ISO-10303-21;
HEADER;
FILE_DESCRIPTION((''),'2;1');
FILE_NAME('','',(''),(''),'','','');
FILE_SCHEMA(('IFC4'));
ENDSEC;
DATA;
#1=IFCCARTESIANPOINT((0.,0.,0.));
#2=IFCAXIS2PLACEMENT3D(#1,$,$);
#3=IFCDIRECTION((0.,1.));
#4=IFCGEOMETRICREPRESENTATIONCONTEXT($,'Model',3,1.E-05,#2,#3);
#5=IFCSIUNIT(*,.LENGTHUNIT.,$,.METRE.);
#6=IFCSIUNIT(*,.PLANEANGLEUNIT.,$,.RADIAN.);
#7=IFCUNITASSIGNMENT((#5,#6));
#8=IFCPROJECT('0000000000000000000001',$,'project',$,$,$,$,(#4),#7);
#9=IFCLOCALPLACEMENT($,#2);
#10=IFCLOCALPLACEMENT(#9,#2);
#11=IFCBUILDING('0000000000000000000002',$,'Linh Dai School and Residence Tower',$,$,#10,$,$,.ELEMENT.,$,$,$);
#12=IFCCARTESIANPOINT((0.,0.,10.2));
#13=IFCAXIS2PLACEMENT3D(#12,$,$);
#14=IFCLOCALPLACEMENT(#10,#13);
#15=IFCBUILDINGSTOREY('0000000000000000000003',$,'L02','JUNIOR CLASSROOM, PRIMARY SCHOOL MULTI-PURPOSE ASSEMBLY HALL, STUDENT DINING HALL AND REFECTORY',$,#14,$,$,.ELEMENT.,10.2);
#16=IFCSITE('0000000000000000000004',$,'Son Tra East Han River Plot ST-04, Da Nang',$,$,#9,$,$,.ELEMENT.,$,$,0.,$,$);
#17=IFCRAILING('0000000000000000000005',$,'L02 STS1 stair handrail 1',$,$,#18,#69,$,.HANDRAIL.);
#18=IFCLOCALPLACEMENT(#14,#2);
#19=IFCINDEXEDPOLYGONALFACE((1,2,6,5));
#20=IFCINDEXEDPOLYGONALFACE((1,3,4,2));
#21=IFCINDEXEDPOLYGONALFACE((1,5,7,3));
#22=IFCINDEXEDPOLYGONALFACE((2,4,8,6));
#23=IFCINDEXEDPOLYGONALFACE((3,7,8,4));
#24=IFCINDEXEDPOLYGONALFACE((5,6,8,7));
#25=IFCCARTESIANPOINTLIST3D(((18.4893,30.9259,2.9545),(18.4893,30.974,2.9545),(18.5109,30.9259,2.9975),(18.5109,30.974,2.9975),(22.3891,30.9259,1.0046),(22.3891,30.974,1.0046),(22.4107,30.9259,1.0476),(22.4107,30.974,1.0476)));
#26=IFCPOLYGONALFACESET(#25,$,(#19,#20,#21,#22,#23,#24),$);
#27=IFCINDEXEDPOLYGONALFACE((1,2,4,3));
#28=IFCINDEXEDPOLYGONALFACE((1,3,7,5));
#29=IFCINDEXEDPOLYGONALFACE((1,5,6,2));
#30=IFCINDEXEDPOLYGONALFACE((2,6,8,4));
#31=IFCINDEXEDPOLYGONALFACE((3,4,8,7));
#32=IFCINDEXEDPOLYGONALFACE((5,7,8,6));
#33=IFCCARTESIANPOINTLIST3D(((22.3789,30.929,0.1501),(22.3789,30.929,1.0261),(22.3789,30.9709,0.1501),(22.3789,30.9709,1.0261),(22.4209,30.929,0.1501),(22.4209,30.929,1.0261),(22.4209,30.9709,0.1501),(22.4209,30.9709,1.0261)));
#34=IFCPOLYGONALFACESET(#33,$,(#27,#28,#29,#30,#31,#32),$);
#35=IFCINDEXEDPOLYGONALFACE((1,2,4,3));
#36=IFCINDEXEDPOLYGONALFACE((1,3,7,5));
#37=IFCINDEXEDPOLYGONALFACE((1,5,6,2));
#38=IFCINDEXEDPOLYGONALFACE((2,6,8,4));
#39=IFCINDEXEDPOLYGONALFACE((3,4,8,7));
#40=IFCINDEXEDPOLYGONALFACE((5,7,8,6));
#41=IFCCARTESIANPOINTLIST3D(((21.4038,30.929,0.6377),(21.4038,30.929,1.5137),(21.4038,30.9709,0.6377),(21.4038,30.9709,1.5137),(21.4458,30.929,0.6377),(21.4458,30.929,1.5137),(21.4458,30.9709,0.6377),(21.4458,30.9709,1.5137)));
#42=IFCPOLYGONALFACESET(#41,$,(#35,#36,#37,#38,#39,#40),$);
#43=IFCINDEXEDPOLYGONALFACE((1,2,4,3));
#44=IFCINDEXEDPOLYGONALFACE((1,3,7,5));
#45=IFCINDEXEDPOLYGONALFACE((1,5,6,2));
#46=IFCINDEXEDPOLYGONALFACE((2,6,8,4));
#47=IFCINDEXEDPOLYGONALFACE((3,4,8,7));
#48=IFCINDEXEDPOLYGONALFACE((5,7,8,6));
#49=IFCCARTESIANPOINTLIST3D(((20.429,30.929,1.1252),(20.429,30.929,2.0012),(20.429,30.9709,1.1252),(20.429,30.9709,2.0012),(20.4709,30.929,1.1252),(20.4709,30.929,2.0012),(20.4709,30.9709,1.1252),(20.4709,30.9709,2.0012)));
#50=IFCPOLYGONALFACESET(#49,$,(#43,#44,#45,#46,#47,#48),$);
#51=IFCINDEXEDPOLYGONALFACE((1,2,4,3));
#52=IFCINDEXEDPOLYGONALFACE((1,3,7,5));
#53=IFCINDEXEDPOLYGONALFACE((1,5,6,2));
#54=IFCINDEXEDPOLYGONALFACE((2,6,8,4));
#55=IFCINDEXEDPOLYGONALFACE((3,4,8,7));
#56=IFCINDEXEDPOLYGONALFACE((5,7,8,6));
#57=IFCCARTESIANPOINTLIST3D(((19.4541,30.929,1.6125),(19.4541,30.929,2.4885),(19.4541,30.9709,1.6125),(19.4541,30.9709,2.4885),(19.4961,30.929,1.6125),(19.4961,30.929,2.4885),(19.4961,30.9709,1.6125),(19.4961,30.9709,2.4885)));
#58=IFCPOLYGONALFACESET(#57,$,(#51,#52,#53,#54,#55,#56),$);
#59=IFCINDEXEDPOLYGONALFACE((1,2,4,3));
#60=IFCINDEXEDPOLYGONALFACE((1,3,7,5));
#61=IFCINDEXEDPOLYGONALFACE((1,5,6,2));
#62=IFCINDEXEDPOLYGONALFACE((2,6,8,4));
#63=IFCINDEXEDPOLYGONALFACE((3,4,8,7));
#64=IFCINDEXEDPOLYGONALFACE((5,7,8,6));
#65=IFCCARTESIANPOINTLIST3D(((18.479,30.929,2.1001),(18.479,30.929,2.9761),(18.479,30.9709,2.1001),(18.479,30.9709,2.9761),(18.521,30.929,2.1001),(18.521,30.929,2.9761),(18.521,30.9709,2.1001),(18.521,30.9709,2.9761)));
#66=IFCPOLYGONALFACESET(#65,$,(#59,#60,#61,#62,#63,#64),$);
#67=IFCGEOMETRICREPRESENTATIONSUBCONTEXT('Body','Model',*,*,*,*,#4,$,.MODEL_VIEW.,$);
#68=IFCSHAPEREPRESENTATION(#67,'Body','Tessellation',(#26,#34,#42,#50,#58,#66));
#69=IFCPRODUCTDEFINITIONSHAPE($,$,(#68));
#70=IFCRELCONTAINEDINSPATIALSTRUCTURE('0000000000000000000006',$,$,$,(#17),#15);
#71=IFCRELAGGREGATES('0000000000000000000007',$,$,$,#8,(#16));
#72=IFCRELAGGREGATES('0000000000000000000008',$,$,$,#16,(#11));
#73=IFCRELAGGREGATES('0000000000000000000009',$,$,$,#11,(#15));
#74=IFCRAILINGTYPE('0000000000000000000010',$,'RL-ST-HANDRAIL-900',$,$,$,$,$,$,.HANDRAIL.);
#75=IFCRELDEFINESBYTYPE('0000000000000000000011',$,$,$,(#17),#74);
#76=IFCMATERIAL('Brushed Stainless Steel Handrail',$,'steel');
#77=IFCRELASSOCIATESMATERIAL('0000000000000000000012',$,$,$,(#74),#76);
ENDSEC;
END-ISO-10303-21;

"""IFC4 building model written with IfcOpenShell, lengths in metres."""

from ifc_helpers import new_model, si_unit, direction, frame, origin, origin_2d, place, context, subcontext, project, spatial, rectangle, extrude, source, transform, mapped, material, type_object, element, save


model = new_model("IFC4")

# Units and contexts
model_context = context("Model", 3, precision=1e-05, world=origin(), true_north=direction((0.0, 1.0)))
body_context = subcontext(model_context, "Body", "Model", "MODEL_VIEW")
ifc_project = project(units=[si_unit("LENGTHUNIT", "METRE"), si_unit("PLANEANGLEUNIT", "RADIAN")], contexts=[model_context])

# Site, building, storey
site_placement = place(None, origin())
site = spatial("IfcSite", under=ifc_project, at=site_placement, Name="Son Tra East Han River Plot ST-04, Da Nang", CompositionType="ELEMENT", RefElevation=0.0)
building_placement = place(site_placement, origin())
building = spatial("IfcBuilding", under=site, at=building_placement, Name="Linh Dai School and Residence Tower", CompositionType="ELEMENT")
storey_placement = place(building_placement, frame((0.0, 0.0, 10.2)))
storey = spatial("IfcBuildingStorey", under=building, at=storey_placement, Name="L02", Description="JUNIOR CLASSROOM, PRIMARY SCHOOL MULTI-PURPOSE ASSEMBLY HALL, STUDENT DINING HALL AND REFECTORY", CompositionType="ELEMENT", Elevation=10.2)

# Railing
ifc_material_1 = material(Name="Brushed Stainless Steel Handrail", Category="steel")
railing_type_1 = type_object("IfcRailingType", Name="RL-ST-HANDRAIL-900", PredefinedType="HANDRAIL", material=ifc_material_1)
shared_shape_1 = source(origin(), body_context, "Body", "SweptSolid", [
    extrude(rectangle(XDim=0.0481, YDim=0.0481, at=origin_2d()), frame((0.0, 0.0, 0.876), z_axis=(-0.894427, 0.0, 0.447214), x_axis=(0.0, -1.0, 0.0)), (0.0, 0.0, 1.0), 4.3601),
    extrude(rectangle(XDim=0.042, YDim=0.042, at=origin_2d()), origin(), (0.0, 0.0, 1.0), 0.876),
    extrude(rectangle(XDim=0.042, YDim=0.042, at=origin_2d()), frame((-0.9751, 0.0, 0.4875)), (0.0, 0.0, 1.0), 0.876),
    extrude(rectangle(XDim=0.042, YDim=0.042, at=origin_2d()), frame((-1.95, 0.0, 0.9751)), (0.0, 0.0, 1.0), 0.876),
    extrude(rectangle(XDim=0.042, YDim=0.042, at=origin_2d()), frame((-2.9248, 0.0, 1.4624)), (0.0, 0.0, 1.0), 0.876),
    extrude(rectangle(XDim=0.042, YDim=0.042, at=origin_2d()), frame((-3.8999, 0.0, 1.95)), (0.0, 0.0, 1.0), 0.876),
])
railing_1_placement = place(storey_placement, frame((22.3999, 30.95, 0.1501)))
element("IfcRailing", 1, at=railing_1_placement, inside=storey, type_object=railing_type_1, Name="L02 STS1 stair handrail 1", PredefinedType="HANDRAIL", context=body_context, shape_type="MappedRepresentation", body=[
    mapped(shared_shape_1, transform((0.0, 0.0, 0.0), x_axis=(1.0, 0.0, 0.0), y_axis=(0.0, 1.0, 0.0), z_axis=(0.0, 0.0, 1.0), scale=1.0)),
])

save(model, "model.ifc")
